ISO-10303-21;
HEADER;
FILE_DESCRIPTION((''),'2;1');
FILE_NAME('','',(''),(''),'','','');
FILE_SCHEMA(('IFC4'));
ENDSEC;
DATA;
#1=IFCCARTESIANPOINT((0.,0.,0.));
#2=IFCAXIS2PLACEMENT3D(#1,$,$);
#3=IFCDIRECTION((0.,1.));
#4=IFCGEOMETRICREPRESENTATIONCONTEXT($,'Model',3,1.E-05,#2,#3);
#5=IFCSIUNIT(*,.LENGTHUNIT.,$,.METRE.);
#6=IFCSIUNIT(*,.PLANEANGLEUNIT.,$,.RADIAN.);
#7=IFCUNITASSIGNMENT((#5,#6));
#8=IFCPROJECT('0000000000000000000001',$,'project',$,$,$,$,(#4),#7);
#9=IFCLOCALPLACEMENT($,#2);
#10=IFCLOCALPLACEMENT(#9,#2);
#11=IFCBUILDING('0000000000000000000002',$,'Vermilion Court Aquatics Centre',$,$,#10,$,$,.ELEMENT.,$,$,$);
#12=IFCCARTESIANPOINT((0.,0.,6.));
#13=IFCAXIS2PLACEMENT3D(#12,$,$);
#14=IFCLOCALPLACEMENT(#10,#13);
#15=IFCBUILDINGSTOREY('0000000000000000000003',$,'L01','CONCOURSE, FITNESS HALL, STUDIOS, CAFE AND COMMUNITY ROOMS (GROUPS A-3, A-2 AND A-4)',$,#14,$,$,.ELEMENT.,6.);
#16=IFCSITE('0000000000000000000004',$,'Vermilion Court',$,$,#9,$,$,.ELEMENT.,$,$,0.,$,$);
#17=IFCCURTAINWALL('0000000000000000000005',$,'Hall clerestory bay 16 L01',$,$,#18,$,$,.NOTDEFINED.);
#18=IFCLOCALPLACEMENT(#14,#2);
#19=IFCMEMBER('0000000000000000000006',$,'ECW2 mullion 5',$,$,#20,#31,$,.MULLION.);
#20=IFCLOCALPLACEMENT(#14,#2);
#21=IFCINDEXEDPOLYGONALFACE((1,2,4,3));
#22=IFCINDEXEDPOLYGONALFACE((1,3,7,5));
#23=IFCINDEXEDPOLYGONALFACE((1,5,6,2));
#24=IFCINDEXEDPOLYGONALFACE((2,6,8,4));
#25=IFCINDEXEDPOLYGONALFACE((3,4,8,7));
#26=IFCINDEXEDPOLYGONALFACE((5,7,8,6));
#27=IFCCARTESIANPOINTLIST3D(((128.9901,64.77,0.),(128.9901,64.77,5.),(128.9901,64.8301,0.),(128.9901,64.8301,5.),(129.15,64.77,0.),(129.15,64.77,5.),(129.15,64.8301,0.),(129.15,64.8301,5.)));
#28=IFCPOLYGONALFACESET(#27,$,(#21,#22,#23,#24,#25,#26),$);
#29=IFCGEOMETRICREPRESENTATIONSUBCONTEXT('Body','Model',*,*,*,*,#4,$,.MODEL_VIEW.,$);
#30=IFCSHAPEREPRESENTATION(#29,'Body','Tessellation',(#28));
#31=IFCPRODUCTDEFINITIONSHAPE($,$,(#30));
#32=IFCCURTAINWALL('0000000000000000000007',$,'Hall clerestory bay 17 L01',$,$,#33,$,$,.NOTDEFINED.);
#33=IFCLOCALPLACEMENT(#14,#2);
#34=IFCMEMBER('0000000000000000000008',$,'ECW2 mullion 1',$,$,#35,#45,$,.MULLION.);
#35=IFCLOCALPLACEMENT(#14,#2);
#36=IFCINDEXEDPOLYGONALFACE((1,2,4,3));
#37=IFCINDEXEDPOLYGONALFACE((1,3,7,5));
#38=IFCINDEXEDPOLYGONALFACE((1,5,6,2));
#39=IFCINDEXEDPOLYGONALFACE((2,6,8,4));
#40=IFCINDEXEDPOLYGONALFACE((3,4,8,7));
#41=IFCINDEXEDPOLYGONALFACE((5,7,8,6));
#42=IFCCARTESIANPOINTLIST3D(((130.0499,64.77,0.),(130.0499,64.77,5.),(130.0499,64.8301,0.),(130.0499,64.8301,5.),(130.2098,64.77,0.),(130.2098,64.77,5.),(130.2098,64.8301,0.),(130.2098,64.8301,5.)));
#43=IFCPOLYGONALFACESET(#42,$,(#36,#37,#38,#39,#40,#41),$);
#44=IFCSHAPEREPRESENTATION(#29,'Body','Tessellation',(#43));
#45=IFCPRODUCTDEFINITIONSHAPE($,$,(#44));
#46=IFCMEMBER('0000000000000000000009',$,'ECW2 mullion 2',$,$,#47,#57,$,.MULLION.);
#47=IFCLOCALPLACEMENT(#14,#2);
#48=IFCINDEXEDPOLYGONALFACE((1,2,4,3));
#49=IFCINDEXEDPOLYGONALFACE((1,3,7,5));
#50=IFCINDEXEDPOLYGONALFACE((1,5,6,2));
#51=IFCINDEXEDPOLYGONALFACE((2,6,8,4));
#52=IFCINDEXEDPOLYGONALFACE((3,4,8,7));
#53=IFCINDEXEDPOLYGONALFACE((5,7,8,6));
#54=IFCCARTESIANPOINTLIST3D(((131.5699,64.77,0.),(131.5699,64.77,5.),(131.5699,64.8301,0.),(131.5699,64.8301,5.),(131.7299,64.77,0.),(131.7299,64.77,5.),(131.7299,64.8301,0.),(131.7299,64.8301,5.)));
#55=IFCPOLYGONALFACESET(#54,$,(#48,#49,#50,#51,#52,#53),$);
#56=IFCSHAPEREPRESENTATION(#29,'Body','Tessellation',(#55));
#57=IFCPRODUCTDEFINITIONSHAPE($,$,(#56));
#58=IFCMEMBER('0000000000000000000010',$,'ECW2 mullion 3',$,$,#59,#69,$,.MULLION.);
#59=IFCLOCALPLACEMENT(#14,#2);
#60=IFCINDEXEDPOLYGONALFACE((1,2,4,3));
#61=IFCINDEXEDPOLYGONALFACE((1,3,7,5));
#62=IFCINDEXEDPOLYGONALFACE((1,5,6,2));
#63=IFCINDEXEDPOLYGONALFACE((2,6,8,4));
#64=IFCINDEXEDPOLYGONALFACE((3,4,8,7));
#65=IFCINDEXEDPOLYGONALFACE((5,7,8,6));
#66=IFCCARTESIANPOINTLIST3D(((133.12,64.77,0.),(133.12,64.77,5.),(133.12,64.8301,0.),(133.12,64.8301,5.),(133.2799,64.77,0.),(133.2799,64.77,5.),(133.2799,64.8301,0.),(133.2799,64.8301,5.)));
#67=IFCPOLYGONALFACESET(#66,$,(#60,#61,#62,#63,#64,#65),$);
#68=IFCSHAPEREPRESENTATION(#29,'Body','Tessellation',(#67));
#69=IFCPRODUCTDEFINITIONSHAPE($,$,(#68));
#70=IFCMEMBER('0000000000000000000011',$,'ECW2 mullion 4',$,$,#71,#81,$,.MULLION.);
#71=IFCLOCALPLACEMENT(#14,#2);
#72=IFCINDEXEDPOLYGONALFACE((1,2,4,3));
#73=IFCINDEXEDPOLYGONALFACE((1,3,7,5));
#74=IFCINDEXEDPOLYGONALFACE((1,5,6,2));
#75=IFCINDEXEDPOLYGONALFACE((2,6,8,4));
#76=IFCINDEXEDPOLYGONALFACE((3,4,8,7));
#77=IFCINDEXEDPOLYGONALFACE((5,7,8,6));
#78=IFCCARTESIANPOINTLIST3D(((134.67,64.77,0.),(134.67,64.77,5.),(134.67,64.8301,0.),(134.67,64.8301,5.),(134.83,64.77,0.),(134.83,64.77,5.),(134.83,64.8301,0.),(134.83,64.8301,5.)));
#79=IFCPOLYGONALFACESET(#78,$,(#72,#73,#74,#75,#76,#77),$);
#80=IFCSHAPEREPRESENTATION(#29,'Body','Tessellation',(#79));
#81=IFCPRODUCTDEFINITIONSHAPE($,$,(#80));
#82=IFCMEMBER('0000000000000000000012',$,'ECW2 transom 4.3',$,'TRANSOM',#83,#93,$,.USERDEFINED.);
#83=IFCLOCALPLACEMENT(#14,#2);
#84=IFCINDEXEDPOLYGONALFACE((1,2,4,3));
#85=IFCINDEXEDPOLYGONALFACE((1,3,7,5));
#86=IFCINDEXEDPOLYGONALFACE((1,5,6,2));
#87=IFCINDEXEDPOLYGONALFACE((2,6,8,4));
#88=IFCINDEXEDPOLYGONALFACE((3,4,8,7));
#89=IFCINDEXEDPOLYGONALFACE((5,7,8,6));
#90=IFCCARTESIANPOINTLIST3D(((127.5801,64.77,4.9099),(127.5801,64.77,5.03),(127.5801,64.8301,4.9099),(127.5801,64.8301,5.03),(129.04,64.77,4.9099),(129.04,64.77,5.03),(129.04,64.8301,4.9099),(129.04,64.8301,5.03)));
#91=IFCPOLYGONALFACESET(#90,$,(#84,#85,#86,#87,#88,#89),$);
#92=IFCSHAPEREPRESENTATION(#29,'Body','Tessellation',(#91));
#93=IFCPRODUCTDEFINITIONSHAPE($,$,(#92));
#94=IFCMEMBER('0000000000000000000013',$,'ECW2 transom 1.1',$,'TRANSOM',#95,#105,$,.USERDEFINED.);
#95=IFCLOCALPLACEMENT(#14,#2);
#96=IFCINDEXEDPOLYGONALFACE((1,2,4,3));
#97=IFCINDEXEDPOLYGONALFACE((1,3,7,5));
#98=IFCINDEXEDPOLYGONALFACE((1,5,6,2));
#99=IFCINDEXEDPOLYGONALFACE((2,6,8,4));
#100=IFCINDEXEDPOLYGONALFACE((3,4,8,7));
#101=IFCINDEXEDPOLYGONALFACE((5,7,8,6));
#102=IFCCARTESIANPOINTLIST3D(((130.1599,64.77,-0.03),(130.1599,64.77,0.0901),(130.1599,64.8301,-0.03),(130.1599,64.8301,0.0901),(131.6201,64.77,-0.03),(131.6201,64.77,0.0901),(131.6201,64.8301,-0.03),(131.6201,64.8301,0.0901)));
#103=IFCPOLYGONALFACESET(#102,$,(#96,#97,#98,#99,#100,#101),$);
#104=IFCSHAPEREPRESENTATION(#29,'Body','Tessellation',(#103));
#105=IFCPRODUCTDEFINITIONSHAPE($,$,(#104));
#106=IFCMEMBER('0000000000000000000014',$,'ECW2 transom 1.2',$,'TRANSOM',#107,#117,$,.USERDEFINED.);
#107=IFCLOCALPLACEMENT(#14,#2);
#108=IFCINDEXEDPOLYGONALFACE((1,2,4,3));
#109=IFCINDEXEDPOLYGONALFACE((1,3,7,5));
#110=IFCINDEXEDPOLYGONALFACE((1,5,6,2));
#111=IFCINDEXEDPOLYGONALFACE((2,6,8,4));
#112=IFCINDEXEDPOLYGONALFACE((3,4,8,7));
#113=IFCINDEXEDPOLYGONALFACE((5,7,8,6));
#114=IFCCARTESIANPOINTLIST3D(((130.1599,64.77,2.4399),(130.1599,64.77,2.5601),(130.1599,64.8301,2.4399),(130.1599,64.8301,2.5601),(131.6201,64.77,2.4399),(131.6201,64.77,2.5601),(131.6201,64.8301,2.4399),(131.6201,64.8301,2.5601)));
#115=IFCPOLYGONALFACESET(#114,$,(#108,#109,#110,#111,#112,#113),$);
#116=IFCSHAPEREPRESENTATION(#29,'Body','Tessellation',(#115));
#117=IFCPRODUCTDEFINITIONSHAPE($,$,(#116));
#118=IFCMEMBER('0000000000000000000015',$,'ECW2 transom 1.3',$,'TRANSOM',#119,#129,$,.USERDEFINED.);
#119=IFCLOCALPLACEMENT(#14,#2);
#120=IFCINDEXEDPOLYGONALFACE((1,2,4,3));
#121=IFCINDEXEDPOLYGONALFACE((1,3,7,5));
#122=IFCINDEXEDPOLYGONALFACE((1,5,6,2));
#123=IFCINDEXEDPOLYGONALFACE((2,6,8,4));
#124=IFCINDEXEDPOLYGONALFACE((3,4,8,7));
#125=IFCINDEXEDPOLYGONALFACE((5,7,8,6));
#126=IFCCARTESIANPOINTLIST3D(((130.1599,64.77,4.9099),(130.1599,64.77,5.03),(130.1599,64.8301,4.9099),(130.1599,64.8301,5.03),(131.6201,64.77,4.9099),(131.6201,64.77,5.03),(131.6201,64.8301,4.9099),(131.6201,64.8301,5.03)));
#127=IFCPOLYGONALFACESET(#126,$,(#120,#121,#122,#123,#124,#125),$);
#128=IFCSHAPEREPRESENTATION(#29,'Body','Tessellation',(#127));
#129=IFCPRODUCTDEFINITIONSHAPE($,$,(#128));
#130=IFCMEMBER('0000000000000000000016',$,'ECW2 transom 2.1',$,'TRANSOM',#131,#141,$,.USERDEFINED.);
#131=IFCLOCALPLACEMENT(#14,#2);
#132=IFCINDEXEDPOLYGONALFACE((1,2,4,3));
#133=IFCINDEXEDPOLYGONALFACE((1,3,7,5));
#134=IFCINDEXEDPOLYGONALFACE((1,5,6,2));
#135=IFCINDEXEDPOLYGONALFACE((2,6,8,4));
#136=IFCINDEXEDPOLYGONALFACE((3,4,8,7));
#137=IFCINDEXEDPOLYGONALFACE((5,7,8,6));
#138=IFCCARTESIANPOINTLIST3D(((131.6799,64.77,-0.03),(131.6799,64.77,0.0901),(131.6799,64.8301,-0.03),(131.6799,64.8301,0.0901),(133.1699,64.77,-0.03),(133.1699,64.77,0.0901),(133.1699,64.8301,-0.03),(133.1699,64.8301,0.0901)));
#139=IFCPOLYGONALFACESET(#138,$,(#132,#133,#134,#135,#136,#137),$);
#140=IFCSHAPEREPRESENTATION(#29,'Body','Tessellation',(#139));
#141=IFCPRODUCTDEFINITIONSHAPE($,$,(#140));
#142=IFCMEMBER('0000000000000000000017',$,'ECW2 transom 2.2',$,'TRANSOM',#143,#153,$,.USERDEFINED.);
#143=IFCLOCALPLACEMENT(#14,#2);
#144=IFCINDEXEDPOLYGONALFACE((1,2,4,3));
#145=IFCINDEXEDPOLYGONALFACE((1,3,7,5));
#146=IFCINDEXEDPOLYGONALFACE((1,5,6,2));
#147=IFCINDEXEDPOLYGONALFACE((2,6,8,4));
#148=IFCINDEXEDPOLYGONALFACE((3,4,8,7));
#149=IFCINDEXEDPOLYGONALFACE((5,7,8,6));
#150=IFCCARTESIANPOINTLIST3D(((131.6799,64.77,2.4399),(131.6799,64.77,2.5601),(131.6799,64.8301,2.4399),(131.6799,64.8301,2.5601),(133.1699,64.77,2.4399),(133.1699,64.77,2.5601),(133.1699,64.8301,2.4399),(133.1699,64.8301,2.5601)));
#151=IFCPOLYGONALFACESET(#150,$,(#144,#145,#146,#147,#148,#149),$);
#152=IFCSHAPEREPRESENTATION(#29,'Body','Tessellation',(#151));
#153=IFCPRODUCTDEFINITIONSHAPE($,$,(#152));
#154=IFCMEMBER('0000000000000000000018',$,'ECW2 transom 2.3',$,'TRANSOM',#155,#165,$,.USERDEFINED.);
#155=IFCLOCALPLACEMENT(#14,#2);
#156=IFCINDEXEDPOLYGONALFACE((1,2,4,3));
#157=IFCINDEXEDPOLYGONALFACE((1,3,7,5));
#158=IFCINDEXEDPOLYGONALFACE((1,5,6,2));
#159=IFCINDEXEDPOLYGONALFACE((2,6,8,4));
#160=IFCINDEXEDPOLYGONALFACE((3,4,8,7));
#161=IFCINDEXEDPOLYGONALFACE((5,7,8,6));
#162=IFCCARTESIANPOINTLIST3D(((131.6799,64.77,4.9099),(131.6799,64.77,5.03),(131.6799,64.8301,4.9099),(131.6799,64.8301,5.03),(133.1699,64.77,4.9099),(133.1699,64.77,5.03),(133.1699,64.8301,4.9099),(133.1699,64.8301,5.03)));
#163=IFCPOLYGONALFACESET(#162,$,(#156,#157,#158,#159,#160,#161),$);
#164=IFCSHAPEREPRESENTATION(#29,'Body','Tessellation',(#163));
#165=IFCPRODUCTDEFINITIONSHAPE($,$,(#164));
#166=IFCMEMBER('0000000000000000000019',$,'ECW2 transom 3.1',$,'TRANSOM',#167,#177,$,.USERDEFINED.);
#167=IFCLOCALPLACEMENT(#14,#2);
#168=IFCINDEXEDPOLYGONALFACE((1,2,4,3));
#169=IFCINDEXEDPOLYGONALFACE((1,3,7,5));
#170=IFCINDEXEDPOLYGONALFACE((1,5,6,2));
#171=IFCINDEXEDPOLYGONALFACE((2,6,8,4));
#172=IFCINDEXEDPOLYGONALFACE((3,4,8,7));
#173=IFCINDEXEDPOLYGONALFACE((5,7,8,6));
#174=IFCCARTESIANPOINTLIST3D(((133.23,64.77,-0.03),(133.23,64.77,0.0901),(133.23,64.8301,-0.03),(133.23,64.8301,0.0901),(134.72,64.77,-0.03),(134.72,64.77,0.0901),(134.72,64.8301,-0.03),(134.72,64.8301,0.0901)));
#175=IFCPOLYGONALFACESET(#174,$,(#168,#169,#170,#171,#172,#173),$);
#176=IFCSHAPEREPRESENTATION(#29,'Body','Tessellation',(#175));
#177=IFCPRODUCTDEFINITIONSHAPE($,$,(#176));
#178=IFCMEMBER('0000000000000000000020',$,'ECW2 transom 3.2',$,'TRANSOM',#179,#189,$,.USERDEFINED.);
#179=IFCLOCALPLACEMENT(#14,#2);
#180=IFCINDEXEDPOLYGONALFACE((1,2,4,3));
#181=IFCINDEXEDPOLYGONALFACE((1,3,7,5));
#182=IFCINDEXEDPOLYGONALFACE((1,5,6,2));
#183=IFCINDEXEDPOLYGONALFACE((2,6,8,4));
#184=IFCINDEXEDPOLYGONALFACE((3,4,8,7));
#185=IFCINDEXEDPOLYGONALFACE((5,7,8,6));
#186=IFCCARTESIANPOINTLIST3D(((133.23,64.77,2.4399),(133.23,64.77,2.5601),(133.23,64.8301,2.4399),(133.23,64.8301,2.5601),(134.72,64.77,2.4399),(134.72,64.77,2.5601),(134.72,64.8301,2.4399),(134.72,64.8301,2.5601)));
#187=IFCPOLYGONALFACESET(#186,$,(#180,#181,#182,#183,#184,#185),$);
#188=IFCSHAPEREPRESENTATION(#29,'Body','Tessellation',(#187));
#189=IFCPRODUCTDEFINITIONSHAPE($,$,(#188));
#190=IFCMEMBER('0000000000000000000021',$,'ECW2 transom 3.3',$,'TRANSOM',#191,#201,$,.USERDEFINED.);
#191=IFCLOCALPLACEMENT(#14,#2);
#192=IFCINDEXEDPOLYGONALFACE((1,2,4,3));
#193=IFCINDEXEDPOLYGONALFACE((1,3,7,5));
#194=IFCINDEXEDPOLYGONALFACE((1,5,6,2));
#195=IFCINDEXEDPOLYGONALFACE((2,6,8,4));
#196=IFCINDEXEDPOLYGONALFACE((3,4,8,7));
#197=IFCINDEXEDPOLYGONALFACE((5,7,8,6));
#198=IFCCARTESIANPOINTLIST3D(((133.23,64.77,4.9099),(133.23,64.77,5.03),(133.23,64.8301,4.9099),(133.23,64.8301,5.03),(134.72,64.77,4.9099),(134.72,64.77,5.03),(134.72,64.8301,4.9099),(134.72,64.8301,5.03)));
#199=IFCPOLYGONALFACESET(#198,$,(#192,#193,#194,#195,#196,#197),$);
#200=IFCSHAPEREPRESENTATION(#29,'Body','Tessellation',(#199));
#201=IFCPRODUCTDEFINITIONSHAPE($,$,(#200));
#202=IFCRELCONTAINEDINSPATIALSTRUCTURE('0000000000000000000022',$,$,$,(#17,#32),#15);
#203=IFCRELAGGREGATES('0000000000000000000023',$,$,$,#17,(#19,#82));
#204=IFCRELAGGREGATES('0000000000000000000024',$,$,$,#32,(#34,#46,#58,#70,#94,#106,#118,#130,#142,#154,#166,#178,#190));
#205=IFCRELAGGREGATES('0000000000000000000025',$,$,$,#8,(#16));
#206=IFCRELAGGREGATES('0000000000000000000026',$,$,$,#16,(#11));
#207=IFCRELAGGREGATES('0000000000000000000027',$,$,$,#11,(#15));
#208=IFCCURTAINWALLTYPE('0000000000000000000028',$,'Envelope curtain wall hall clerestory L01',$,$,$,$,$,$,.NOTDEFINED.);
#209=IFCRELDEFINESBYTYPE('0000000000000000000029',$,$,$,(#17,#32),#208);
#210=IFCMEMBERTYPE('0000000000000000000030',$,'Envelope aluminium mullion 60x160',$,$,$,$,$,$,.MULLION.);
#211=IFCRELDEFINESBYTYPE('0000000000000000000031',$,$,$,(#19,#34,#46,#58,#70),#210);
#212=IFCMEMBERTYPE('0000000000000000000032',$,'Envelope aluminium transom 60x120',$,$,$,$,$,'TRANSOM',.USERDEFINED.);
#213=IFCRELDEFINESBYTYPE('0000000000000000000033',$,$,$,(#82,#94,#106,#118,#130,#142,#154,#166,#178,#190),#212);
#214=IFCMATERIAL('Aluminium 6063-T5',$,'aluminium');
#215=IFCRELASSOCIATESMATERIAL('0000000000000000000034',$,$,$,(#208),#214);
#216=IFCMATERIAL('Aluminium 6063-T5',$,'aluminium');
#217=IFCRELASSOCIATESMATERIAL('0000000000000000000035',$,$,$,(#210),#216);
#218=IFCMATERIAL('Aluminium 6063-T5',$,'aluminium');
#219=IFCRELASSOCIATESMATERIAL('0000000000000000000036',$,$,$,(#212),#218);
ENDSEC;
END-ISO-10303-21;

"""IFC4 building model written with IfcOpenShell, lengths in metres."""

from ifc_helpers import new_model, si_unit, direction, frame, origin, origin_2d, place, context, subcontext, project, spatial, rectangle, extrude, material, material_profile, profile_set, type_object, element, aggregate, save


model = new_model("IFC4")

# Units and contexts
model_context = context("Model", 3, precision=1e-05, world=origin(), true_north=direction((0.0, 1.0)))
body_context = subcontext(model_context, "Body", "Model", "MODEL_VIEW")
ifc_project = project(units=[si_unit("LENGTHUNIT", "METRE"), si_unit("PLANEANGLEUNIT", "RADIAN")], contexts=[model_context])

# Site, building, storey
site_placement = place(None, origin())
site = spatial("IfcSite", under=ifc_project, at=site_placement, Name="Vermilion Court", CompositionType="ELEMENT", RefElevation=0.0)
building_placement = place(site_placement, origin())
building = spatial("IfcBuilding", under=site, at=building_placement, Name="Vermilion Court Aquatics Centre", CompositionType="ELEMENT")
storey_placement = place(building_placement, frame((0.0, 0.0, 6.0)))
storey = spatial("IfcBuildingStorey", under=building, at=storey_placement, Name="L01", Description="CONCOURSE, FITNESS HALL, STUDIOS, CAFE AND COMMUNITY ROOMS (GROUPS A-3, A-2 AND A-4)", CompositionType="ELEMENT", Elevation=6.0)

# Curtain wall, member
ifc_material_1 = material(Name="Aluminium 6063-T5", Category="aluminium")
curtain_wall_type = type_object("IfcCurtainWallType", Name="Envelope curtain wall hall clerestory L01", PredefinedType="NOTDEFINED", material=ifc_material_1)
curtain_wall_1_placement = place(storey_placement, origin())
curtain_wall_1 = element("IfcCurtainWall", 1, at=curtain_wall_1_placement, inside=storey, type_object=curtain_wall_type, Name="Hall clerestory bay 16 L01", PredefinedType="NOTDEFINED")
ifc_material_2 = material(Name="Aluminium 6063-T5", Category="aluminium")
ifc_material_profile_1 = material_profile(ifc_material_2, rectangle(XDim=0.0601, YDim=0.1599, at=origin_2d()), Name="AL 60x160")
ifc_profile_set_1 = profile_set([ifc_material_profile_1], Name="Aluminium 6063-T5")
member_type_1 = type_object("IfcMemberType", Name="Envelope aluminium mullion 60x160", PredefinedType="MULLION", material=ifc_profile_set_1)
member_1_placement = place(storey_placement, frame((129.0701, 64.8, 0.0), z_axis=(0.0, 0.0, 1.0), x_axis=(0.0, 1.0, 0.0)))
member_1 = element("IfcMember", 2, at=member_1_placement, type_object=member_type_1, Name="ECW2 mullion 5", PredefinedType="MULLION", context=body_context, shape_type="SweptSolid", body=[
    extrude(rectangle(XDim=0.0601, YDim=0.1599, at=origin_2d()), origin(), (0.0, 0.0, 1.0), 5.0),
])

# Curtain wall, members
curtain_wall_2_placement = place(storey_placement, origin())
curtain_wall_2 = element("IfcCurtainWall", 3, at=curtain_wall_2_placement, inside=storey, type_object=curtain_wall_type, Name="Hall clerestory bay 17 L01", PredefinedType="NOTDEFINED")
member_2_placement = place(storey_placement, frame((130.1299, 64.8, 0.0), z_axis=(0.0, 0.0, 1.0), x_axis=(0.0, 1.0, 0.0)))
member_2 = element("IfcMember", 4, at=member_2_placement, type_object=member_type_1, Name="ECW2 mullion 1", PredefinedType="MULLION", context=body_context, shape_type="SweptSolid", body=[
    extrude(rectangle(XDim=0.0601, YDim=0.1599, at=origin_2d()), origin(), (0.0, 0.0, 1.0), 5.0),
])
member_3_placement = place(storey_placement, frame((131.6499, 64.8, 0.0), z_axis=(0.0, 0.0, 1.0), x_axis=(0.0, 1.0, 0.0)))
member_3 = element("IfcMember", 5, at=member_3_placement, type_object=member_type_1, Name="ECW2 mullion 2", PredefinedType="MULLION", context=body_context, shape_type="SweptSolid", body=[
    extrude(rectangle(XDim=0.0601, YDim=0.1599, at=origin_2d()), origin(), (0.0, 0.0, 1.0), 5.0),
])
member_4_placement = place(storey_placement, frame((133.2, 64.8, 0.0), z_axis=(0.0, 0.0, 1.0), x_axis=(0.0, 1.0, 0.0)))
member_4 = element("IfcMember", 6, at=member_4_placement, type_object=member_type_1, Name="ECW2 mullion 3", PredefinedType="MULLION", context=body_context, shape_type="SweptSolid", body=[
    extrude(rectangle(XDim=0.0601, YDim=0.1599, at=origin_2d()), origin(), (0.0, 0.0, 1.0), 5.0),
])
member_5_placement = place(storey_placement, frame((134.75, 64.8, 0.0), z_axis=(0.0, 0.0, 1.0), x_axis=(0.0, 1.0, 0.0)))
member_5 = element("IfcMember", 7, at=member_5_placement, type_object=member_type_1, Name="ECW2 mullion 4", PredefinedType="MULLION", context=body_context, shape_type="SweptSolid", body=[
    extrude(rectangle(XDim=0.0601, YDim=0.1599, at=origin_2d()), origin(), (0.0, 0.0, 1.0), 5.0),
])

# Members
ifc_material_3 = material(Name="Aluminium 6063-T5", Category="aluminium")
ifc_material_profile_2 = material_profile(ifc_material_3, rectangle(XDim=0.0601, YDim=0.1201, at=origin_2d()), Name="AL 60x120")
ifc_profile_set_2 = profile_set([ifc_material_profile_2], Name="Aluminium 6063-T5")
member_type_2 = type_object("IfcMemberType", Name="Envelope aluminium transom 60x120", ElementType="TRANSOM", PredefinedType="USERDEFINED", material=ifc_profile_set_2)
member_6_placement = place(storey_placement, frame((127.5801, 64.8, 4.97), z_axis=(1.0, 0.0, 0.0), x_axis=(0.0, 1.0, 0.0)))
member_6 = element("IfcMember", 8, at=member_6_placement, type_object=member_type_2, Name="ECW2 transom 4.3", ObjectType="TRANSOM", PredefinedType="USERDEFINED", context=body_context, shape_type="SweptSolid", body=[
    extrude(rectangle(XDim=0.0601, YDim=0.1201, at=origin_2d()), origin(), (0.0, 0.0, 1.0), 1.46),
])
member_7_placement = place(storey_placement, frame((130.1599, 64.8, 0.03), z_axis=(1.0, 0.0, 0.0), x_axis=(0.0, 1.0, 0.0)))
member_7 = element("IfcMember", 9, at=member_7_placement, type_object=member_type_2, Name="ECW2 transom 1.1", ObjectType="TRANSOM", PredefinedType="USERDEFINED", context=body_context, shape_type="SweptSolid", body=[
    extrude(rectangle(XDim=0.0601, YDim=0.1201, at=origin_2d()), origin(), (0.0, 0.0, 1.0), 1.4602),
])
member_8_placement = place(storey_placement, frame((130.1599, 64.8, 2.5), z_axis=(1.0, 0.0, 0.0), x_axis=(0.0, 1.0, 0.0)))
member_8 = element("IfcMember", 10, at=member_8_placement, type_object=member_type_2, Name="ECW2 transom 1.2", ObjectType="TRANSOM", PredefinedType="USERDEFINED", context=body_context, shape_type="SweptSolid", body=[
    extrude(rectangle(XDim=0.0601, YDim=0.1201, at=origin_2d()), origin(), (0.0, 0.0, 1.0), 1.4602),
])
member_9_placement = place(storey_placement, frame((130.1599, 64.8, 4.97), z_axis=(1.0, 0.0, 0.0), x_axis=(0.0, 1.0, 0.0)))
member_9 = element("IfcMember", 11, at=member_9_placement, type_object=member_type_2, Name="ECW2 transom 1.3", ObjectType="TRANSOM", PredefinedType="USERDEFINED", context=body_context, shape_type="SweptSolid", body=[
    extrude(rectangle(XDim=0.0601, YDim=0.1201, at=origin_2d()), origin(), (0.0, 0.0, 1.0), 1.4602),
])
member_10_placement = place(storey_placement, frame((131.6799, 64.8, 0.03), z_axis=(1.0, 0.0, 0.0), x_axis=(0.0, 1.0, 0.0)))
member_10 = element("IfcMember", 12, at=member_10_placement, type_object=member_type_2, Name="ECW2 transom 2.1", ObjectType="TRANSOM", PredefinedType="USERDEFINED", context=body_context, shape_type="SweptSolid", body=[
    extrude(rectangle(XDim=0.0601, YDim=0.1201, at=origin_2d()), origin(), (0.0, 0.0, 1.0), 1.49),
])
member_11_placement = place(storey_placement, frame((131.6799, 64.8, 2.5), z_axis=(1.0, 0.0, 0.0), x_axis=(0.0, 1.0, 0.0)))
member_11 = element("IfcMember", 13, at=member_11_placement, type_object=member_type_2, Name="ECW2 transom 2.2", ObjectType="TRANSOM", PredefinedType="USERDEFINED", context=body_context, shape_type="SweptSolid", body=[
    extrude(rectangle(XDim=0.0601, YDim=0.1201, at=origin_2d()), origin(), (0.0, 0.0, 1.0), 1.49),
])
member_12_placement = place(storey_placement, frame((131.6799, 64.8, 4.97), z_axis=(1.0, 0.0, 0.0), x_axis=(0.0, 1.0, 0.0)))
member_12 = element("IfcMember", 14, at=member_12_placement, type_object=member_type_2, Name="ECW2 transom 2.3", ObjectType="TRANSOM", PredefinedType="USERDEFINED", context=body_context, shape_type="SweptSolid", body=[
    extrude(rectangle(XDim=0.0601, YDim=0.1201, at=origin_2d()), origin(), (0.0, 0.0, 1.0), 1.49),
])
member_13_placement = place(storey_placement, frame((133.23, 64.8, 0.03), z_axis=(1.0, 0.0, 0.0), x_axis=(0.0, 1.0, 0.0)))
member_13 = element("IfcMember", 15, at=member_13_placement, type_object=member_type_2, Name="ECW2 transom 3.1", ObjectType="TRANSOM", PredefinedType="USERDEFINED", context=body_context, shape_type="SweptSolid", body=[
    extrude(rectangle(XDim=0.0601, YDim=0.1201, at=origin_2d()), origin(), (0.0, 0.0, 1.0), 1.49),
])
member_14_placement = place(storey_placement, frame((133.23, 64.8, 2.5), z_axis=(1.0, 0.0, 0.0), x_axis=(0.0, 1.0, 0.0)))
member_14 = element("IfcMember", 16, at=member_14_placement, type_object=member_type_2, Name="ECW2 transom 3.2", ObjectType="TRANSOM", PredefinedType="USERDEFINED", context=body_context, shape_type="SweptSolid", body=[
    extrude(rectangle(XDim=0.0601, YDim=0.1201, at=origin_2d()), origin(), (0.0, 0.0, 1.0), 1.49),
])
member_15_placement = place(storey_placement, frame((133.23, 64.8, 4.97), z_axis=(1.0, 0.0, 0.0), x_axis=(0.0, 1.0, 0.0)))
member_15 = element("IfcMember", 17, at=member_15_placement, type_object=member_type_2, Name="ECW2 transom 3.3", ObjectType="TRANSOM", PredefinedType="USERDEFINED", context=body_context, shape_type="SweptSolid", body=[
    extrude(rectangle(XDim=0.0601, YDim=0.1201, at=origin_2d()), origin(), (0.0, 0.0, 1.0), 1.49),
])

aggregate(curtain_wall_1, [member_1, member_6])
aggregate(curtain_wall_2, [member_2, member_3, member_4, member_5, member_7, member_8, member_9, member_10, member_11, member_12, member_13, member_14, member_15])

save(model, "model.ifc")
